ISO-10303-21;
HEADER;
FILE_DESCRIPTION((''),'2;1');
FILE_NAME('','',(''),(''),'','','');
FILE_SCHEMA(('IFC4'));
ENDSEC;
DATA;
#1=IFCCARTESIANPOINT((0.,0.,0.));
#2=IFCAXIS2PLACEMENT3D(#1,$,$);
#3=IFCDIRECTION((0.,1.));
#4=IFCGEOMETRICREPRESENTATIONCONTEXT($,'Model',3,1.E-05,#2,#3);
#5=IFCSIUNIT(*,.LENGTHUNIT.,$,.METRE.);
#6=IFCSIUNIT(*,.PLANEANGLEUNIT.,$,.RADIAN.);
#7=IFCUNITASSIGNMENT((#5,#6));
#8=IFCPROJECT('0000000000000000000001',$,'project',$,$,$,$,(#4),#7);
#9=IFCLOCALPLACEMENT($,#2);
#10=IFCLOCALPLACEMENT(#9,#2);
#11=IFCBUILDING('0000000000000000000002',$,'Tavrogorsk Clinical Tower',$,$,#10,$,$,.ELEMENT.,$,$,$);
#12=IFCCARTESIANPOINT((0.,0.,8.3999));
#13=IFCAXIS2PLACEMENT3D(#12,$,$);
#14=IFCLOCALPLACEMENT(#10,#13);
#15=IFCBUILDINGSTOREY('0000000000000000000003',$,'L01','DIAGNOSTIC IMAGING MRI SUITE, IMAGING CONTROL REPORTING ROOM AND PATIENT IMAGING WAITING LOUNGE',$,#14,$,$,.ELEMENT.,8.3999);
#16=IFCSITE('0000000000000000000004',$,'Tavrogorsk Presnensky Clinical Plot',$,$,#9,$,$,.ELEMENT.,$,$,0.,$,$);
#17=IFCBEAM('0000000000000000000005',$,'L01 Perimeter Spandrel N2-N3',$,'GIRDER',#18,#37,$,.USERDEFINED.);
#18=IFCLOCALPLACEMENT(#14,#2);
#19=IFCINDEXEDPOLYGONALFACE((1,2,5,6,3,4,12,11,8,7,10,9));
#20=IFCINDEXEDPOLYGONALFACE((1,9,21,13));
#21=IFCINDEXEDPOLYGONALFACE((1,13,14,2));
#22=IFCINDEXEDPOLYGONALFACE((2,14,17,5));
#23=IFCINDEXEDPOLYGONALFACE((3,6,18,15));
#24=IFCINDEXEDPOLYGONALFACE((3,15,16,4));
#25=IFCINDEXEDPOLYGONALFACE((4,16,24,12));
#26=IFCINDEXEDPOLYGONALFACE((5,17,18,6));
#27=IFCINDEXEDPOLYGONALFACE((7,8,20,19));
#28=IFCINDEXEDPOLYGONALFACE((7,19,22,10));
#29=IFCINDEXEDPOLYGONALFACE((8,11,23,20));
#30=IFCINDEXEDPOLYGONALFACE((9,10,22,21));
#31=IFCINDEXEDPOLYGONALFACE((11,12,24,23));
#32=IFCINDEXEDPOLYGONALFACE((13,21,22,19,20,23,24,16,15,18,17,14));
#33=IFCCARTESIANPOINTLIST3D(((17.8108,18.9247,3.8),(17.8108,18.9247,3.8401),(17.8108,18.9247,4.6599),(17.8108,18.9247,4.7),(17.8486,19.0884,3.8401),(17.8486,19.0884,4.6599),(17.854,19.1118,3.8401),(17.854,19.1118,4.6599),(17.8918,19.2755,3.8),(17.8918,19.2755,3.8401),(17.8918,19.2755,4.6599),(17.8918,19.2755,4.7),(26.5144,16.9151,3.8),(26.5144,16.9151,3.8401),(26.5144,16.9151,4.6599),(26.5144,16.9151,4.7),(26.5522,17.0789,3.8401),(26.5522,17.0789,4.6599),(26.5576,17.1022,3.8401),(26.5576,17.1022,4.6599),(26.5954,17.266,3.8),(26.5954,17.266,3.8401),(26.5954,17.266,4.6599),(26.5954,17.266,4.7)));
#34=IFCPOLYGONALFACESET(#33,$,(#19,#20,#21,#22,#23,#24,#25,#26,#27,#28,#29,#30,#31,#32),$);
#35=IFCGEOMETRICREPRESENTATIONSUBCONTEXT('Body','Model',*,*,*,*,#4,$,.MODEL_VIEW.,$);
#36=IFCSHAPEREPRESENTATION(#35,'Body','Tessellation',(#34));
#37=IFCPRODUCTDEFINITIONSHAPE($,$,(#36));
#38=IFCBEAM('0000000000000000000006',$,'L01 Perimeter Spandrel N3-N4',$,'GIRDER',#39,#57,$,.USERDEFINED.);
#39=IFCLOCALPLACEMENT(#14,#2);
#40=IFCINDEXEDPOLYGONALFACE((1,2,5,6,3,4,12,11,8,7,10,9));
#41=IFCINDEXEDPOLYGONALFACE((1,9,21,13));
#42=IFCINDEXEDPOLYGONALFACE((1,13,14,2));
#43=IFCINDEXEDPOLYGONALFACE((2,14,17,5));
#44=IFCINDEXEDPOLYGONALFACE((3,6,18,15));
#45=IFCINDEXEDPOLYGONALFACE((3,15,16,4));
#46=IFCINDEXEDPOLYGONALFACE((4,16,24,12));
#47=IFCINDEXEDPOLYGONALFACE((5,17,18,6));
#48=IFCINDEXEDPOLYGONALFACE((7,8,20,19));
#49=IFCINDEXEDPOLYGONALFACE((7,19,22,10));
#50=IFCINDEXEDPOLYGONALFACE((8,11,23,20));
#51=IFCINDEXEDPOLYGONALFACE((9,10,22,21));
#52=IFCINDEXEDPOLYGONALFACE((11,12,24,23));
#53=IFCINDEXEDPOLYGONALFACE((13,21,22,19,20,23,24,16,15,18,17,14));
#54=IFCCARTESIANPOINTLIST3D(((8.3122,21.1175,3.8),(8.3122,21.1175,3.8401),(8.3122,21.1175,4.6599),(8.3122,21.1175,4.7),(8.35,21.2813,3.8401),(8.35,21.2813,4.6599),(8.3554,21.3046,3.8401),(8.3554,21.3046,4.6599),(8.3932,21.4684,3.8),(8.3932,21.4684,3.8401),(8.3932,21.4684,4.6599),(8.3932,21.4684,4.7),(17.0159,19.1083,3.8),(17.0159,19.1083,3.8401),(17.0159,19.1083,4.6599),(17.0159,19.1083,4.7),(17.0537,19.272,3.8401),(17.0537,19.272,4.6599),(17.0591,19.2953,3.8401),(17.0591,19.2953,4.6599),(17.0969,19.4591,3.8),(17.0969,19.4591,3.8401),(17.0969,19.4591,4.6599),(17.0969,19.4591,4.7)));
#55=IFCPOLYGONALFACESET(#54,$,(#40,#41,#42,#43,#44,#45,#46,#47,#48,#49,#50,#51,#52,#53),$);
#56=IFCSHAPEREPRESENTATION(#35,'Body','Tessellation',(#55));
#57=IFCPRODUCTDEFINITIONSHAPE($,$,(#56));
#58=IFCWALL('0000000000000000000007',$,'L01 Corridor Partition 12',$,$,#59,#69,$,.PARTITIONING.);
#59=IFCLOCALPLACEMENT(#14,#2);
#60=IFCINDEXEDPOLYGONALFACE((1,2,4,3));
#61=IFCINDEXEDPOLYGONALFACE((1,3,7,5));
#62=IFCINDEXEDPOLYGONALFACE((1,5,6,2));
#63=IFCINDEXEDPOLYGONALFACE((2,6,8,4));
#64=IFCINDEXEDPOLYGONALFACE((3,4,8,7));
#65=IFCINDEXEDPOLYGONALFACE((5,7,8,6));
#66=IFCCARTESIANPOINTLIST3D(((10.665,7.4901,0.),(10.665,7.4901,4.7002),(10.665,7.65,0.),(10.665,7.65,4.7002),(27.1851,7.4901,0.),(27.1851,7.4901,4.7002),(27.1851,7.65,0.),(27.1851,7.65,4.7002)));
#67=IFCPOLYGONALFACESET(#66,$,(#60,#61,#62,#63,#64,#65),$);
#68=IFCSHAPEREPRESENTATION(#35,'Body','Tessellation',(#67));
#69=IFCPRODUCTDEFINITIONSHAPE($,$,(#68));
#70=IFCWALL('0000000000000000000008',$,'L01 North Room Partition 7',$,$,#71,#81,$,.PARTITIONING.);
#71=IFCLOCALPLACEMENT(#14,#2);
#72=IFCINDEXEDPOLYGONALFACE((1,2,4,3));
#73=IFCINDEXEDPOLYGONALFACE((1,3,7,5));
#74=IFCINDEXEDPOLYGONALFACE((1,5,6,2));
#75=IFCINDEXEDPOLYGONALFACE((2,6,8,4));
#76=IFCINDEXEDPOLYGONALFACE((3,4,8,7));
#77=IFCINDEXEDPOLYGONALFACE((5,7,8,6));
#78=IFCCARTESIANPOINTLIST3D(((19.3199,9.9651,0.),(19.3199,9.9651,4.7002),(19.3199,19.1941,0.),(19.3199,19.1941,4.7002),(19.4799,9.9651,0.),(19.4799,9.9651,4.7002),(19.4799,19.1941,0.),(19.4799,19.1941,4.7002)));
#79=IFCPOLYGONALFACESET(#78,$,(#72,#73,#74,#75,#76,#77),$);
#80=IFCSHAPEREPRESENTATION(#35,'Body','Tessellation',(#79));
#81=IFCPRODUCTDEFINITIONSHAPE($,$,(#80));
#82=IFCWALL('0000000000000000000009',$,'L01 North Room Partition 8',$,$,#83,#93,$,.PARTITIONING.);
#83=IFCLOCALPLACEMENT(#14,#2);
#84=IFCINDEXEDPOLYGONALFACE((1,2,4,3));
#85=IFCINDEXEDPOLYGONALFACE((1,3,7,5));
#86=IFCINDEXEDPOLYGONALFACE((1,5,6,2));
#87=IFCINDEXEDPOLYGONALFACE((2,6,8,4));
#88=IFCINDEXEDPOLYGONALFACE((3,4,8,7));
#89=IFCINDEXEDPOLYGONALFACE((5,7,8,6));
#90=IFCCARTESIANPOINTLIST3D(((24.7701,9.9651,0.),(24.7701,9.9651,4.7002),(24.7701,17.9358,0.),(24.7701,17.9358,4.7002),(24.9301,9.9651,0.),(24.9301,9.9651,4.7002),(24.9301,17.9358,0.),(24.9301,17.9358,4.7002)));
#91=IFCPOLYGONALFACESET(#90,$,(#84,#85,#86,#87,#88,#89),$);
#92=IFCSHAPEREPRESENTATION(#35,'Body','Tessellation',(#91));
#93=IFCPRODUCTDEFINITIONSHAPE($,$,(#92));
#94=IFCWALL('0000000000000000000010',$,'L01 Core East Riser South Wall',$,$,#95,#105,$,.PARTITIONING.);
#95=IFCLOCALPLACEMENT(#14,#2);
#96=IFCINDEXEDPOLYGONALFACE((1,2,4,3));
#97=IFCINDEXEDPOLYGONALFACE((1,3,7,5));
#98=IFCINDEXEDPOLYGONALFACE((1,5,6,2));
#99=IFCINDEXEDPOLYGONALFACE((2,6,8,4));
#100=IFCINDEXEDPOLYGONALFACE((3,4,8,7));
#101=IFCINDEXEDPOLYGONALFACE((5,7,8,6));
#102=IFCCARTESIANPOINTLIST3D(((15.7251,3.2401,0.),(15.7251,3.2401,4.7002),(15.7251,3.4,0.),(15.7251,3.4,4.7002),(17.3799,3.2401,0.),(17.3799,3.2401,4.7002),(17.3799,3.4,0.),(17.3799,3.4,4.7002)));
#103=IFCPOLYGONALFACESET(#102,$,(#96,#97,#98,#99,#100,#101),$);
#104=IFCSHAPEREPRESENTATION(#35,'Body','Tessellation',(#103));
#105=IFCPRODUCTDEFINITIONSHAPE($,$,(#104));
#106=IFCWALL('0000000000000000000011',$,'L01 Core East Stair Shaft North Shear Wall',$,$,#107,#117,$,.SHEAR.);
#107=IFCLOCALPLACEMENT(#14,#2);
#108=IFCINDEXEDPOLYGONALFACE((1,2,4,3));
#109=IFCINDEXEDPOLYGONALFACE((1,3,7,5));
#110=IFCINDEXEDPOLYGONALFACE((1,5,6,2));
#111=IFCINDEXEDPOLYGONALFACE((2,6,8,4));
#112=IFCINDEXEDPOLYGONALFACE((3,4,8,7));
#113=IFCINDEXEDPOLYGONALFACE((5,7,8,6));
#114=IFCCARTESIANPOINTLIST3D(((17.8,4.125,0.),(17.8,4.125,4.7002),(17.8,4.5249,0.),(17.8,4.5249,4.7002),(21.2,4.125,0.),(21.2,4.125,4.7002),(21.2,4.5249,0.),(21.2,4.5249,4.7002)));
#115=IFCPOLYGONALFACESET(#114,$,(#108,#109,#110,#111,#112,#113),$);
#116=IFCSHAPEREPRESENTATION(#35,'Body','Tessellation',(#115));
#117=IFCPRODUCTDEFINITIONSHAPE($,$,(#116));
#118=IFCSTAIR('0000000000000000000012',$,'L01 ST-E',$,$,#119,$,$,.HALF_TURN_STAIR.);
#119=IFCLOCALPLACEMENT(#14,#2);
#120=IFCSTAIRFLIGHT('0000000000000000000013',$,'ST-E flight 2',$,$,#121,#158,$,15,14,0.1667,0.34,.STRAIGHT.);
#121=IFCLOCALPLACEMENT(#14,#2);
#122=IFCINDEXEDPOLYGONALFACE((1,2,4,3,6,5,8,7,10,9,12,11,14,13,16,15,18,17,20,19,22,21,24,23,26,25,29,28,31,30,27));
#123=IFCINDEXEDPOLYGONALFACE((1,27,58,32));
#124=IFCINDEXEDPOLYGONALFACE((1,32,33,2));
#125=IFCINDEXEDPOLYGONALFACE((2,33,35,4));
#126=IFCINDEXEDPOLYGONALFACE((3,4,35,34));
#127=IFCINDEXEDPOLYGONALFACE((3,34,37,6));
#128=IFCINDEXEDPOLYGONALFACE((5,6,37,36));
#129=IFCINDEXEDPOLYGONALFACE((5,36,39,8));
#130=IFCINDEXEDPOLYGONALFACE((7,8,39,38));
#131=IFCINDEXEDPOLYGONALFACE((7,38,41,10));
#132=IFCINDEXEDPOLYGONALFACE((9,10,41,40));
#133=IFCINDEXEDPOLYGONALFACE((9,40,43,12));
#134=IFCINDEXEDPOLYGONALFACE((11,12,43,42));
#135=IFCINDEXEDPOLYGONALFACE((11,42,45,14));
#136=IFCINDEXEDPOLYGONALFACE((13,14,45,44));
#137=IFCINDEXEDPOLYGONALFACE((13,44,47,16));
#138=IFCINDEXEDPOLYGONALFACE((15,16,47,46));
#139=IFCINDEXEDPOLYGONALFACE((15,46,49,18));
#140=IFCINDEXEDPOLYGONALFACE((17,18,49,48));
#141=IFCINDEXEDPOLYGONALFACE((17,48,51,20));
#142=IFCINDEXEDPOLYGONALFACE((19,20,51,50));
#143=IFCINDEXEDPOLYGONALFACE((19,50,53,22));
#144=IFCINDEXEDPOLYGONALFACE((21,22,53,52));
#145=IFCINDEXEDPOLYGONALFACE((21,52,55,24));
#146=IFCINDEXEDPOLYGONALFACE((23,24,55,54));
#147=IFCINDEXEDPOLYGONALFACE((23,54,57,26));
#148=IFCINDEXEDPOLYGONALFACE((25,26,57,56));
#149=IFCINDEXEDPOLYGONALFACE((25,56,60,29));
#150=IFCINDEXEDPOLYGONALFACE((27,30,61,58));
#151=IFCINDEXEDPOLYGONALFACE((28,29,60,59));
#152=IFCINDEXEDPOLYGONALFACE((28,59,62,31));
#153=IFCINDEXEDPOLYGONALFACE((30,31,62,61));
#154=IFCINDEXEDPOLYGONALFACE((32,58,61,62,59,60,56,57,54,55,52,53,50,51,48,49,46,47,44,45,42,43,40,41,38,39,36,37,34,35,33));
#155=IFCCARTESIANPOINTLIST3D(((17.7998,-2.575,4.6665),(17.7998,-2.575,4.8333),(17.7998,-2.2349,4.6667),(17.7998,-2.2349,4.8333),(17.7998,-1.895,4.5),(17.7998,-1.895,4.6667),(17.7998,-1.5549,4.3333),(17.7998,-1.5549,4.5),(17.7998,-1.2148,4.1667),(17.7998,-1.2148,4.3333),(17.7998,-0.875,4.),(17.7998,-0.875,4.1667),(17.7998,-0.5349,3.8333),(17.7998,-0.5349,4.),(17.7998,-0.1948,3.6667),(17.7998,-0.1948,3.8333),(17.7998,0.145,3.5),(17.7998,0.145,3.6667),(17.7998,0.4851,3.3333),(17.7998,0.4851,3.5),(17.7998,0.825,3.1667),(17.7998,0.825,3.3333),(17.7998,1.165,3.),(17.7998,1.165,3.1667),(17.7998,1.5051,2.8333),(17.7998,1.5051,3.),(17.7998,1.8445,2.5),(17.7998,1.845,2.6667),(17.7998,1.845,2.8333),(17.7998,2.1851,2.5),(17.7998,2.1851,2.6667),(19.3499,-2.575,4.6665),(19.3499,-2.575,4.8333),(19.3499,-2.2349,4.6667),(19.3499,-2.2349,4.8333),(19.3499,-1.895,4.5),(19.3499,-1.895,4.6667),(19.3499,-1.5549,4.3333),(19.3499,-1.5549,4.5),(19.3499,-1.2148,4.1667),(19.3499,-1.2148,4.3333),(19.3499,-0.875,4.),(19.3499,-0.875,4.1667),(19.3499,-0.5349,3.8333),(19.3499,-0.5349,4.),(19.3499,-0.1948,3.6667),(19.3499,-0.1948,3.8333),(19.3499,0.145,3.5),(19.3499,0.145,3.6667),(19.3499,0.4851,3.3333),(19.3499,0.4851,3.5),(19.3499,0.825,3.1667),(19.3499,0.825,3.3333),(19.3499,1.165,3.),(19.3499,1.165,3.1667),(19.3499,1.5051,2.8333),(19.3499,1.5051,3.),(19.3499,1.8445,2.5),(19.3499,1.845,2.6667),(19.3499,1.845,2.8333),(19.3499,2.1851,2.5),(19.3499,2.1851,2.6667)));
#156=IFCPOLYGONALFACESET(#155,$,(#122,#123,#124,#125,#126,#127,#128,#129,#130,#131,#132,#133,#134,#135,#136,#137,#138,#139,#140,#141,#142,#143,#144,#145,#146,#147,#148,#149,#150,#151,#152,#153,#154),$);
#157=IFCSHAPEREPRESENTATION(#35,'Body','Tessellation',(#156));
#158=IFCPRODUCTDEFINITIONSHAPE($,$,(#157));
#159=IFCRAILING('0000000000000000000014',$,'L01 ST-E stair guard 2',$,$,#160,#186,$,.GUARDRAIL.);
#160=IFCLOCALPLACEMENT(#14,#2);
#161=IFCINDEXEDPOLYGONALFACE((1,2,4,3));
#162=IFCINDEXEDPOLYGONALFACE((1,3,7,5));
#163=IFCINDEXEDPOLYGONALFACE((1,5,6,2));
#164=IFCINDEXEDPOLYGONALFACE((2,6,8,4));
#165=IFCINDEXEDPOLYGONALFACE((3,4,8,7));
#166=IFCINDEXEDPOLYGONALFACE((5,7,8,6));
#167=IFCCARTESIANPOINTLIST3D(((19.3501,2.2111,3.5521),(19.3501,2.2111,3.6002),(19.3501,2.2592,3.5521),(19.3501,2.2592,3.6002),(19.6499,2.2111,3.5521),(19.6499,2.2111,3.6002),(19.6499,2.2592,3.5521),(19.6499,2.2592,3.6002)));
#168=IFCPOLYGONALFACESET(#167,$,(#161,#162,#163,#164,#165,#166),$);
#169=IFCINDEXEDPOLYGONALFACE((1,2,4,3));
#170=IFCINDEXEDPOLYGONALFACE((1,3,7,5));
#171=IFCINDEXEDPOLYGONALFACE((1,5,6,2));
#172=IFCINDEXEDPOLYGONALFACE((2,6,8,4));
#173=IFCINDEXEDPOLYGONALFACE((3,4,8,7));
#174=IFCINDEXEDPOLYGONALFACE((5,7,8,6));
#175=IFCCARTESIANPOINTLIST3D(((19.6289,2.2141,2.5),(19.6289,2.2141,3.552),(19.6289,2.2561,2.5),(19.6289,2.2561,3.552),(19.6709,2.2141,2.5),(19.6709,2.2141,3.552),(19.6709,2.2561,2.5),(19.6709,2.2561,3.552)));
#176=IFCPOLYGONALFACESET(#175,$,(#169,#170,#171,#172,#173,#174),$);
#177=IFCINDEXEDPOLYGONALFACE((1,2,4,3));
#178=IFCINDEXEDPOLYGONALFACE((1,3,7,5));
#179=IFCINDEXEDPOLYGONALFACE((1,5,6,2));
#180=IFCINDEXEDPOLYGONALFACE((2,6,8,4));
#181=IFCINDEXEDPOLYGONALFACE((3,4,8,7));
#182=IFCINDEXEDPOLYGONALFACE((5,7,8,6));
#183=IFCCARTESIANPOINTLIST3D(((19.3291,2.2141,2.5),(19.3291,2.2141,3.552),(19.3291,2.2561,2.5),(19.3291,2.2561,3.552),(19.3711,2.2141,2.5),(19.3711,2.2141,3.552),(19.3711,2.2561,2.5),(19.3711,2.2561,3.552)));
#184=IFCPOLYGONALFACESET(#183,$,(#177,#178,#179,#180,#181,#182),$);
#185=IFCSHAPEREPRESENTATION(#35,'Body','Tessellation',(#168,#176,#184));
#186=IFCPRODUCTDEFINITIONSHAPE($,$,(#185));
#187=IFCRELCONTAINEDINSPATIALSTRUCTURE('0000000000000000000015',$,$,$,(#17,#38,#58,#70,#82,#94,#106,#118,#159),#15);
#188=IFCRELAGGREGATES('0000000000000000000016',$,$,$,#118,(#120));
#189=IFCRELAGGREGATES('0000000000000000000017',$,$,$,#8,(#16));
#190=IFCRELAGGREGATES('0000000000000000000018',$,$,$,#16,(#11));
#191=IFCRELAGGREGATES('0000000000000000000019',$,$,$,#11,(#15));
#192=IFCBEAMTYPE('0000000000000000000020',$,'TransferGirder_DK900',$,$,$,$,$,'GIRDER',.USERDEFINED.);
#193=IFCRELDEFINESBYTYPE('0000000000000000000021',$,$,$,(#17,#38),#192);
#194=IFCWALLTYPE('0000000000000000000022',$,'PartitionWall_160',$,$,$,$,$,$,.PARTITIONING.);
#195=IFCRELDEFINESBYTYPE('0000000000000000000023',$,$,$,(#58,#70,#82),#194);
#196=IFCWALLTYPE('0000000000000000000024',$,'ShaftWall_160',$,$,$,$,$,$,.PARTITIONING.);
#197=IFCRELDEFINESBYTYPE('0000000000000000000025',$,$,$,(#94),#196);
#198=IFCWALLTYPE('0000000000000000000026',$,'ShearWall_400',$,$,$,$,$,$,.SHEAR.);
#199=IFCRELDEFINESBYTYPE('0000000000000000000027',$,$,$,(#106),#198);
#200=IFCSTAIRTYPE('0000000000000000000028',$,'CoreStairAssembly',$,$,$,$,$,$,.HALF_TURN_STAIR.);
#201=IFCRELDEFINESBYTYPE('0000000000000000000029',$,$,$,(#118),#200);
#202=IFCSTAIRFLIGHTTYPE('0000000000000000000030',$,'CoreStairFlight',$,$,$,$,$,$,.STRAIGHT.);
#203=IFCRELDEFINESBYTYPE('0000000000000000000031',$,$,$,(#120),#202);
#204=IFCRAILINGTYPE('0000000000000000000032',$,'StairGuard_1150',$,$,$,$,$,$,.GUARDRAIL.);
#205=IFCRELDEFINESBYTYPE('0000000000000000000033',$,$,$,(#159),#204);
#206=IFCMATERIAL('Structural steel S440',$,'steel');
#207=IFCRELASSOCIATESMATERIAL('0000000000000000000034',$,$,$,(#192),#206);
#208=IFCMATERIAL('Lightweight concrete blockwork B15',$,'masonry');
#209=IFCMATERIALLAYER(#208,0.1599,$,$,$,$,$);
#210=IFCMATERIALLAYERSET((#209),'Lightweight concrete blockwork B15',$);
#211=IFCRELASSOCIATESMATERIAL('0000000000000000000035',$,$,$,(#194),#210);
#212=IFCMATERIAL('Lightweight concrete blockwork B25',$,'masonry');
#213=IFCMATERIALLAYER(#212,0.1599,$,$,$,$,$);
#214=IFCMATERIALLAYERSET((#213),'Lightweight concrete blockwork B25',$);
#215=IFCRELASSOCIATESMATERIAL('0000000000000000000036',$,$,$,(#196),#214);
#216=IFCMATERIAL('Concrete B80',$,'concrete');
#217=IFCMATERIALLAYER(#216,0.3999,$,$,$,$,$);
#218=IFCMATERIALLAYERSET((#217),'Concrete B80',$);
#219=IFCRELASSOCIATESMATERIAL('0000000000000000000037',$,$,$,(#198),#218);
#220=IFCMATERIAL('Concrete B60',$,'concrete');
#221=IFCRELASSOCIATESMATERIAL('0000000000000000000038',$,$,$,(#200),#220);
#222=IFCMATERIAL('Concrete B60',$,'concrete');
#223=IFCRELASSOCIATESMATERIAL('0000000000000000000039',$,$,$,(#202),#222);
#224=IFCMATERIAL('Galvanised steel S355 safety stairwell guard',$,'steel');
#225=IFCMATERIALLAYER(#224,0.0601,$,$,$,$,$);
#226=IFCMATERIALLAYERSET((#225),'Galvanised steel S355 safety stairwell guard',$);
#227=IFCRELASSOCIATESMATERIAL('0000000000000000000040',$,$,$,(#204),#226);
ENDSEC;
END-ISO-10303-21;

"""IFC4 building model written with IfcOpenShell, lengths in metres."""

from ifc_helpers import new_model, si_unit, direction, frame, frame_2d, origin, origin_2d, place, context, subcontext, project, spatial, polyline, rectangle, i_section, outline, extrude, material, layer, layer_set, material_profile, profile_set, type_object, element, aggregate, save


model = new_model("IFC4")

# Units and contexts
model_context = context("Model", 3, precision=1e-05, world=origin(), true_north=direction((0.0, 1.0)))
body_context = subcontext(model_context, "Body", "Model", "MODEL_VIEW")
ifc_project = project(units=[si_unit("LENGTHUNIT", "METRE"), si_unit("PLANEANGLEUNIT", "RADIAN")], contexts=[model_context])

# Site, building, storey
site_placement = place(None, origin())
site = spatial("IfcSite", under=ifc_project, at=site_placement, Name="Tavrogorsk Presnensky Clinical Plot", CompositionType="ELEMENT", RefElevation=0.0)
building_placement = place(site_placement, origin())
building = spatial("IfcBuilding", under=site, at=building_placement, Name="Tavrogorsk Clinical Tower", CompositionType="ELEMENT")
storey_placement = place(building_placement, frame((0.0, 0.0, 8.3999)))
storey = spatial("IfcBuildingStorey", under=building, at=storey_placement, Name="L01", Description="DIAGNOSTIC IMAGING MRI SUITE, IMAGING CONTROL REPORTING ROOM AND PATIENT IMAGING WAITING LOUNGE", CompositionType="ELEMENT", Elevation=8.3999)

# Beams
ifc_material_1 = material(Name="Structural steel S440", Category="steel")
ifc_material_profile_1 = material_profile(ifc_material_1, i_section(OverallWidth=0.3601, OverallDepth=0.8999, WebThickness=0.0239, FlangeThickness=0.04, at=origin_2d()), Name="DK-900x360x24x40")
ifc_profile_set_1 = profile_set([ifc_material_profile_1], Name="Structural steel S440")
beam_type_1 = type_object("IfcBeamType", Name="TransferGirder_DK900", ElementType="GIRDER", PredefinedType="USERDEFINED", material=ifc_profile_set_1)
for number, where, z_axis, x_axis, name in (
    (1, (26.5549, 17.0906, 4.25), (-0.974367, 0.224965, 0.0), (-0.224965, -0.974367, 0.0), "L01 Perimeter Spandrel N2-N3"),
    (2, (17.0564, 19.2837, 4.25), (-0.974373, 0.224939, 0.0), (-0.224939, -0.974373, 0.0), "L01 Perimeter Spandrel N3-N4"),
):
    element("IfcBeam", number, at=place(storey_placement, frame(where, z_axis=z_axis, x_axis=x_axis)), inside=storey, type_object=beam_type_1, Name=name, ObjectType="GIRDER", PredefinedType="USERDEFINED", context=body_context, shape_type="SweptSolid", body=[
        extrude(i_section(OverallWidth=0.3601, OverallDepth=0.8999, WebThickness=0.0239, FlangeThickness=0.04, at=origin_2d()), origin(), (0.0, 0.0, 1.0), 8.9326),
    ])

# Walls
ifc_material_2 = material(Name="Lightweight concrete blockwork B15", Category="masonry")
ifc_layer_1 = layer(ifc_material_2, 0.1599)
ifc_layer_set_1 = layer_set([ifc_layer_1], Name="Lightweight concrete blockwork B15")
wall_type_1 = type_object("IfcWallType", Name="PartitionWall_160", PredefinedType="PARTITIONING", material=ifc_layer_set_1)
wall_1_placement = place(storey_placement, frame((27.1851, 7.5701, 0.0), z_axis=(0.0, 0.0, 1.0), x_axis=(-1.0, 0.0, 0.0)))
element("IfcWall", 3, at=wall_1_placement, inside=storey, type_object=wall_type_1, Name="L01 Corridor Partition 12", PredefinedType="PARTITIONING", context=body_context, shape_type="SweptSolid", body=[
    extrude(rectangle(XDim=16.52, YDim=0.1599, at=frame_2d((8.26, 0.0))), origin(), (0.0, 0.0, 1.0), 4.7002),
])
wall_2_placement = place(storey_placement, frame((19.3999, 9.9651, 0.0), z_axis=(0.0, 0.0, 1.0), x_axis=(0.0, 1.0, 0.0)))
element("IfcWall", 4, at=wall_2_placement, inside=storey, type_object=wall_type_1, Name="L01 North Room Partition 7", PredefinedType="PARTITIONING", context=body_context, shape_type="SweptSolid", body=[
    extrude(rectangle(XDim=9.229, YDim=0.1599, at=frame_2d((4.6145, 0.0))), origin(), (0.0, 0.0, 1.0), 4.7002),
])
wall_3_placement = place(storey_placement, frame((24.8501, 9.9651, 0.0), z_axis=(0.0, 0.0, 1.0), x_axis=(0.0, 1.0, 0.0)))
element("IfcWall", 5, at=wall_3_placement, inside=storey, type_object=wall_type_1, Name="L01 North Room Partition 8", PredefinedType="PARTITIONING", context=body_context, shape_type="SweptSolid", body=[
    extrude(rectangle(XDim=7.9707, YDim=0.1599, at=frame_2d((3.9854, 0.0))), origin(), (0.0, 0.0, 1.0), 4.7002),
])
ifc_material_3 = material(Name="Lightweight concrete blockwork B25", Category="masonry")
ifc_layer_2 = layer(ifc_material_3, 0.1599)
ifc_layer_set_2 = layer_set([ifc_layer_2], Name="Lightweight concrete blockwork B25")
wall_type_2 = type_object("IfcWallType", Name="ShaftWall_160", PredefinedType="PARTITIONING", material=ifc_layer_set_2)
wall_4_placement = place(storey_placement, frame((15.7251, 3.3201, 0.0), z_axis=(0.0, 0.0, 1.0), x_axis=(1.0, 0.0, 0.0)))
element("IfcWall", 6, at=wall_4_placement, inside=storey, type_object=wall_type_2, Name="L01 Core East Riser South Wall", PredefinedType="PARTITIONING", context=body_context, shape_type="SweptSolid", body=[
    extrude(rectangle(XDim=1.6548, YDim=0.1599, at=frame_2d((0.8274, 0.0))), origin(), (0.0, 0.0, 1.0), 4.7002),
])
ifc_material_4 = material(Name="Concrete B80", Category="concrete")
ifc_layer_3 = layer(ifc_material_4, 0.3999)
ifc_layer_set_3 = layer_set([ifc_layer_3], Name="Concrete B80")
wall_type_3 = type_object("IfcWallType", Name="ShearWall_400", PredefinedType="SHEAR", material=ifc_layer_set_3)
wall_5_placement = place(storey_placement, frame((17.8, 4.325, 0.0), z_axis=(0.0, 0.0, 1.0), x_axis=(1.0, 0.0, 0.0)))
element("IfcWall", 7, at=wall_5_placement, inside=storey, type_object=wall_type_3, Name="L01 Core East Stair Shaft North Shear Wall", PredefinedType="SHEAR", context=body_context, shape_type="SweptSolid", body=[
    extrude(rectangle(XDim=3.3999, YDim=0.3999, at=frame_2d((1.7, 0.0))), origin(), (0.0, 0.0, 1.0), 4.7002),
])

# Stair, stair flight
ifc_material_5 = material(Name="Concrete B60", Category="concrete")
stair_type = type_object("IfcStairType", Name="CoreStairAssembly", PredefinedType="HALF_TURN_STAIR", material=ifc_material_5)
stair_placement = place(storey_placement, origin())
stair = element("IfcStair", 8, at=stair_placement, inside=storey, type_object=stair_type, Name="L01 ST-E", PredefinedType="HALF_TURN_STAIR")
ifc_material_6 = material(Name="Concrete B60", Category="concrete")
stair_flight_type = type_object("IfcStairFlightType", Name="CoreStairFlight", PredefinedType="STRAIGHT", material=ifc_material_6)
stair_flight_placement = place(storey_placement, frame((18.575, 2.1851, 2.5), z_axis=(0.0, 0.0, 1.0), x_axis=(0.0, -1.0, 0.0)))
stair_flight = element("IfcStairFlight", 9, at=stair_flight_placement, type_object=stair_flight_type, Name="ST-E flight 2", NumberOfRisers=15, NumberOfTreads=14, PredefinedType="STRAIGHT", RiserHeight=0.1667, TreadLength=0.34, context=body_context, shape_type="SweptSolid", body=[
    extrude(outline(polyline([(0.0, 0.0), (0.0, 0.1667), (0.3401, 0.1667), (0.3401, 0.3333), (0.6799, 0.3333), (0.6799, 0.5), (1.02, 0.5), (1.02, 0.6667), (1.3601, 0.6667), (1.3601, 0.8333), (1.7, 0.8333), (1.7, 1.0), (2.04, 1.0), (2.04, 1.1667), (2.3799, 1.1667), (2.3799, 1.3333), (2.72, 1.3333), (2.72, 1.5), (3.0601, 1.5), (3.0601, 1.6667), (3.3999, 1.6667), (3.3999, 1.8333), (3.74, 1.8333), (3.74, 2.0), (4.0801, 2.0), (4.0801, 2.1667), (4.4199, 2.1667), (4.4199, 2.3333), (4.76, 2.3333), (4.76, 2.5), (4.76, 2.1665), (0.3406, 0.0), (0.0, 0.0)])), frame((0.0, 0.7749, 0.0), z_axis=(0.0, -1.0, 0.0), x_axis=(1.0, 0.0, 0.0)), (0.0, 0.0, 1.0), 1.55),
])
aggregate(stair, [stair_flight])

# Railing
ifc_material_7 = material(Name="Galvanised steel S355 safety stairwell guard", Category="steel")
ifc_layer_4 = layer(ifc_material_7, 0.0601)
ifc_layer_set_4 = layer_set([ifc_layer_4], Name="Galvanised steel S355 safety stairwell guard")
railing_type_1 = type_object("IfcRailingType", Name="StairGuard_1150", PredefinedType="GUARDRAIL", material=ifc_layer_set_4)
railing_1_placement = place(storey_placement, frame((19.6499, 2.2351, 2.5)))
element("IfcRailing", 10, at=railing_1_placement, inside=storey, type_object=railing_type_1, Name="L01 ST-E stair guard 2", PredefinedType="GUARDRAIL", context=body_context, shape_type="SweptSolid", body=[
    extrude(rectangle(XDim=0.0481, YDim=0.0481, at=origin_2d()), frame((0.0, 0.0, 1.0762), z_axis=(-1.0, 0.0, 0.0), x_axis=(0.0, -1.0, 0.0)), (0.0, 0.0, 1.0), 0.2998),
    extrude(rectangle(XDim=0.042, YDim=0.042, at=origin_2d()), origin(), (0.0, 0.0, 1.0), 1.052),
    extrude(rectangle(XDim=0.042, YDim=0.042, at=origin_2d()), frame((-0.2998, 0.0, 0.0)), (0.0, 0.0, 1.0), 1.052),
])

save(model, "model.ifc")
